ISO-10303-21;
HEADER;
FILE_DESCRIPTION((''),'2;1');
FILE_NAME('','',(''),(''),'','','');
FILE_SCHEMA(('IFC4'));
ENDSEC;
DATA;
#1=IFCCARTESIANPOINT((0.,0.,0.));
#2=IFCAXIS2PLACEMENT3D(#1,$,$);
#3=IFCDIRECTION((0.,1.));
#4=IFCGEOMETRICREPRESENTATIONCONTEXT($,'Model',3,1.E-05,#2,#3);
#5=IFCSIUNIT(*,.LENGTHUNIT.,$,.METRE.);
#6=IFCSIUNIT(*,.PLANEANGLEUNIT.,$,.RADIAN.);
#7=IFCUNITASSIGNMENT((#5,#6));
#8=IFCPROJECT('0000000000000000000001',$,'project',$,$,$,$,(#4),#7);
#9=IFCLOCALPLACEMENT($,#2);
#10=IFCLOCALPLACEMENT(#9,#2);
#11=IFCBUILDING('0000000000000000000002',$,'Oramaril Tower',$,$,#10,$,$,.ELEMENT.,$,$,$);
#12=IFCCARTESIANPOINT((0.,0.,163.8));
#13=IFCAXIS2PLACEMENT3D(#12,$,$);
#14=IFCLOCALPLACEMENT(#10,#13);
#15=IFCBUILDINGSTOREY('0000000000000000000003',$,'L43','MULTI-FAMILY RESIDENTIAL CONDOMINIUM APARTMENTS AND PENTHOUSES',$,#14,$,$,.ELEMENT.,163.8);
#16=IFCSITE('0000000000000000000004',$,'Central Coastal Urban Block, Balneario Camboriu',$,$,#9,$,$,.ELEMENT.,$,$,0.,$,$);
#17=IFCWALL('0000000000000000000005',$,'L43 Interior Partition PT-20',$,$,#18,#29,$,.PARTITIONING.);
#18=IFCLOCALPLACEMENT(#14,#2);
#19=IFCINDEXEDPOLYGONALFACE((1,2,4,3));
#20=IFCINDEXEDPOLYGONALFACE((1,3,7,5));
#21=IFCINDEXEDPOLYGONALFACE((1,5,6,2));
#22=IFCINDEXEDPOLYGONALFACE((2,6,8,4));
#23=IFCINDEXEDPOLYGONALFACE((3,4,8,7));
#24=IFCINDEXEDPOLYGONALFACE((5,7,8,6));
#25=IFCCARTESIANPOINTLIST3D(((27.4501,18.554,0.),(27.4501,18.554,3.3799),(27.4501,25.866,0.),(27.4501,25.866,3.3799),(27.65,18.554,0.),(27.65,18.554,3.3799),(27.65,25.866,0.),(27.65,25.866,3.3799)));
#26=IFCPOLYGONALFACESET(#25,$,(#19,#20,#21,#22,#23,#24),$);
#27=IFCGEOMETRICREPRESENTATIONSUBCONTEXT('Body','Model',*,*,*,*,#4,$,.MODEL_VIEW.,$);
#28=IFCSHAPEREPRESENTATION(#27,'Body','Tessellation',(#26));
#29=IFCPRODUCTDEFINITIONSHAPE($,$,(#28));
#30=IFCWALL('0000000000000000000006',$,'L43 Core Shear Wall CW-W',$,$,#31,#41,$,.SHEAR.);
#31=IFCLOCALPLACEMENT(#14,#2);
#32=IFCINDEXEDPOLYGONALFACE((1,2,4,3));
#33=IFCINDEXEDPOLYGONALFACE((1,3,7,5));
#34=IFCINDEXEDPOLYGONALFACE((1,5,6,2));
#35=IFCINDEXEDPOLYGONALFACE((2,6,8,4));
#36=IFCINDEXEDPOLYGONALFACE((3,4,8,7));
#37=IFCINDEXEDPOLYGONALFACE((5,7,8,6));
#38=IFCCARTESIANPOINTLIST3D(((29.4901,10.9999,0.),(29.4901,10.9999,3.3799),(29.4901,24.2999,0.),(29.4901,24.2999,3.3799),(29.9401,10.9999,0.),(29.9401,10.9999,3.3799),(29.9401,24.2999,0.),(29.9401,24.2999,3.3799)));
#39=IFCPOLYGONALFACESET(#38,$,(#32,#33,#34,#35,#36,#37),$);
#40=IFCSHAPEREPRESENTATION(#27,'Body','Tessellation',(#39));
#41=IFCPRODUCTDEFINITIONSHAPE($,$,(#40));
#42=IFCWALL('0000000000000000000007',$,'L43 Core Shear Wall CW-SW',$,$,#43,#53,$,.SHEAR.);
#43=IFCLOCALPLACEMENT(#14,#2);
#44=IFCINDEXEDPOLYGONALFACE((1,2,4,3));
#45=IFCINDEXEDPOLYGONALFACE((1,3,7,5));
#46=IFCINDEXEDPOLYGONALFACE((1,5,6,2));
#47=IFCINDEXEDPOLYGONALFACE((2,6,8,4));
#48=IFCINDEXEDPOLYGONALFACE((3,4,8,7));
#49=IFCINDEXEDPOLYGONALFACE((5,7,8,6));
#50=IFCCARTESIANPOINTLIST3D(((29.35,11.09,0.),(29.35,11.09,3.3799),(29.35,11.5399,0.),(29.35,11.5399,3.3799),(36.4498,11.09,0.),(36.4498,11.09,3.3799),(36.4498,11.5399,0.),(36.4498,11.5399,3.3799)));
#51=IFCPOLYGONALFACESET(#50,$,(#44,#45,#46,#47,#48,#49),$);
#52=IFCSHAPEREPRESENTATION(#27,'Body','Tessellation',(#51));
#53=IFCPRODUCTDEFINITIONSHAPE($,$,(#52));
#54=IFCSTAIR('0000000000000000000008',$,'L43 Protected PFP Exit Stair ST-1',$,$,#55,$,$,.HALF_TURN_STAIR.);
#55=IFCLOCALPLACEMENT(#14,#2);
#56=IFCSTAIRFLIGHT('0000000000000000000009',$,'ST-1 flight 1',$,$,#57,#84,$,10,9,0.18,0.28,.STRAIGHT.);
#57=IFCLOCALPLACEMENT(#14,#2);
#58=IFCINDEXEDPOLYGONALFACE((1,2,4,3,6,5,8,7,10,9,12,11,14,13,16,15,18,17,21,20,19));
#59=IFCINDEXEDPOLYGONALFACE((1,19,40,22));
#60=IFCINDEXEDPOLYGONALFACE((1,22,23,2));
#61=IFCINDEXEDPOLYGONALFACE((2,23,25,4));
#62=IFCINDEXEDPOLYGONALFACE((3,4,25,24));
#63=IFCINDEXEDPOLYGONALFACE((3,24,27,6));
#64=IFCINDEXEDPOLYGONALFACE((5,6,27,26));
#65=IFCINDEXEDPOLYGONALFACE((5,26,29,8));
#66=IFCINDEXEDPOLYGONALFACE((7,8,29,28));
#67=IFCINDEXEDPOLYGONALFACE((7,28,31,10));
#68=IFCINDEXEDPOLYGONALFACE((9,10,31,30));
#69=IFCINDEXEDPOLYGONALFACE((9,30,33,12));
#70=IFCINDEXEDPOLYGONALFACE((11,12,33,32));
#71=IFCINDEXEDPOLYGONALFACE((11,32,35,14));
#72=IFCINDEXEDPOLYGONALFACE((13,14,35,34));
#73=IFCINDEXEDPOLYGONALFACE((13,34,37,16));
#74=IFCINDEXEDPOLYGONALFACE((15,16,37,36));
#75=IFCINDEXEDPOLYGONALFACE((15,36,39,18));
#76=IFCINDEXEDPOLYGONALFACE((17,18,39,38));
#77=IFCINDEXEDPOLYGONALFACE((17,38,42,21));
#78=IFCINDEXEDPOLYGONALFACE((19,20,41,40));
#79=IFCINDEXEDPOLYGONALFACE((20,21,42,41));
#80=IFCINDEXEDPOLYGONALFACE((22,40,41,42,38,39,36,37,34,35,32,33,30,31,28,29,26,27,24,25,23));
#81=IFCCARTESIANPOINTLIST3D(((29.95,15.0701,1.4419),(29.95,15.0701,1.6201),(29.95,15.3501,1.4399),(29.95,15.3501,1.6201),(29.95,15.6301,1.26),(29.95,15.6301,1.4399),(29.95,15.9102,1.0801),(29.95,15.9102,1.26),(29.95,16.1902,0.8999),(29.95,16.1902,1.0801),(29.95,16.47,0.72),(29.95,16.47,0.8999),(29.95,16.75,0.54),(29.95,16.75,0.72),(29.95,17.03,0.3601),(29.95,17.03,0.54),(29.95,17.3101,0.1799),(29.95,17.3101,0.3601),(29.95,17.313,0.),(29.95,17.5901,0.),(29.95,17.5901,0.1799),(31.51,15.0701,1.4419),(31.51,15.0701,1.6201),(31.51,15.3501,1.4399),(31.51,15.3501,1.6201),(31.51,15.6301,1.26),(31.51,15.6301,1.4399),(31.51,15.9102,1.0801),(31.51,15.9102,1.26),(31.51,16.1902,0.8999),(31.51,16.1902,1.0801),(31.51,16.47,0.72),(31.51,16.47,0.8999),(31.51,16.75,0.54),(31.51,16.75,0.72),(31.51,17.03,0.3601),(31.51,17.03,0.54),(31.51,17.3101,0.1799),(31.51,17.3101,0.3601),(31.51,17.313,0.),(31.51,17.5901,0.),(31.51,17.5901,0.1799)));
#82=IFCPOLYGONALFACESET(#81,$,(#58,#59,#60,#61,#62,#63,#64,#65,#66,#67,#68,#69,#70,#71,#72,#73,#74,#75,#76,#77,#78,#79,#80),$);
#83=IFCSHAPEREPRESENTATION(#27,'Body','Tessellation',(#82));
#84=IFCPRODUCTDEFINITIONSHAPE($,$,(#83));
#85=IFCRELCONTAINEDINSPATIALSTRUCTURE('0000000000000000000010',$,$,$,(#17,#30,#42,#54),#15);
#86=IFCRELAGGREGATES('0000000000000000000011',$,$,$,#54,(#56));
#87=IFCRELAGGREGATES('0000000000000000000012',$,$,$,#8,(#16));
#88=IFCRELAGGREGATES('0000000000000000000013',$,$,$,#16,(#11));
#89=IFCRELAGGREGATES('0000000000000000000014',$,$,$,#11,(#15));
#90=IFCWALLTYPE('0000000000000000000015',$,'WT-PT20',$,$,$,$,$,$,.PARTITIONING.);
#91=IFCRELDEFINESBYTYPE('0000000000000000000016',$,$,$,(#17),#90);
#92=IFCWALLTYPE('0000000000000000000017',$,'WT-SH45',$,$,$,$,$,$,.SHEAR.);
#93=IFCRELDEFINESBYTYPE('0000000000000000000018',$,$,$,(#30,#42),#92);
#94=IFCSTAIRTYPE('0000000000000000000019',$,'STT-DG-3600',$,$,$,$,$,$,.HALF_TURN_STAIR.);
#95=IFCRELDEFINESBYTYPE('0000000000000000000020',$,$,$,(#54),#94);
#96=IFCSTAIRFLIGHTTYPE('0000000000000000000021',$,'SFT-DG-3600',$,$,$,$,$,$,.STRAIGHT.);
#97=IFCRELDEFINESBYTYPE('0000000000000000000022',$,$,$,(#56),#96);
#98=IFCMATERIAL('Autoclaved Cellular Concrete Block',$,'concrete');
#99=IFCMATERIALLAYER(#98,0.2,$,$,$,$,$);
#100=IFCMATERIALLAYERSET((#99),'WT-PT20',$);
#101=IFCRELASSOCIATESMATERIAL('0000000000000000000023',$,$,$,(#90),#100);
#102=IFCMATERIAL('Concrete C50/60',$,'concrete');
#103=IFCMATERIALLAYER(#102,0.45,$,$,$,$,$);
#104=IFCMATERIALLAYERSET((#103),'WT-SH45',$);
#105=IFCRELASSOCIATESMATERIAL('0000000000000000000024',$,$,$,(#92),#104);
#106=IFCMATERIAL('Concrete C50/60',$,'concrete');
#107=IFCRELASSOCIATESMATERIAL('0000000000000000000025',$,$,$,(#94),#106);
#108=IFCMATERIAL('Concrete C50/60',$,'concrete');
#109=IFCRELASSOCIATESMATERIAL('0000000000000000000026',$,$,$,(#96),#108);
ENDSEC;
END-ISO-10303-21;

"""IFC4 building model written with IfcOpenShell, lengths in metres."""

from ifc_helpers import new_model, si_unit, direction, frame, frame_2d, origin, place, context, subcontext, project, spatial, polyline, rectangle, outline, extrude, material, layer, layer_set, type_object, element, aggregate, save


model = new_model("IFC4")

# Units and contexts
model_context = context("Model", 3, precision=1e-05, world=origin(), true_north=direction((0.0, 1.0)))
body_context = subcontext(model_context, "Body", "Model", "MODEL_VIEW")
ifc_project = project(units=[si_unit("LENGTHUNIT", "METRE"), si_unit("PLANEANGLEUNIT", "RADIAN")], contexts=[model_context])

# Site, building, storey
site_placement = place(None, origin())
site = spatial("IfcSite", under=ifc_project, at=site_placement, Name="Central Coastal Urban Block, Balneario Camboriu", CompositionType="ELEMENT", RefElevation=0.0)
building_placement = place(site_placement, origin())
building = spatial("IfcBuilding", under=site, at=building_placement, Name="Oramaril Tower", CompositionType="ELEMENT")
storey_placement = place(building_placement, frame((0.0, 0.0, 163.8)))
storey = spatial("IfcBuildingStorey", under=building, at=storey_placement, Name="L43", Description="MULTI-FAMILY RESIDENTIAL CONDOMINIUM APARTMENTS AND PENTHOUSES", CompositionType="ELEMENT", Elevation=163.8)

# Wall
ifc_material_1 = material(Name="Autoclaved Cellular Concrete Block", Category="concrete")
ifc_layer_1 = layer(ifc_material_1, 0.2)
ifc_layer_set_1 = layer_set([ifc_layer_1], Name="WT-PT20")
wall_type_1 = type_object("IfcWallType", Name="WT-PT20", PredefinedType="PARTITIONING", material=ifc_layer_set_1)
wall_1_placement = place(storey_placement, frame((27.55, 18.554, 0.0), z_axis=(0.0, 0.0, 1.0), x_axis=(0.0, 1.0, 0.0)))
element("IfcWall", 1, at=wall_1_placement, inside=storey, type_object=wall_type_1, Name="L43 Interior Partition PT-20", PredefinedType="PARTITIONING", context=body_context, shape_type="SweptSolid", body=[
    extrude(rectangle(XDim=7.312, YDim=0.2, at=frame_2d((3.656, 0.0))), origin(), (0.0, 0.0, 1.0), 3.3799),
])

# Walls
ifc_material_2 = material(Name="Concrete C50/60", Category="concrete")
ifc_layer_2 = layer(ifc_material_2, 0.45)
ifc_layer_set_2 = layer_set([ifc_layer_2], Name="WT-SH45")
wall_type_2 = type_object("IfcWallType", Name="WT-SH45", PredefinedType="SHEAR", material=ifc_layer_set_2)
wall_2_placement = place(storey_placement, frame((29.7151, 11.0, 0.0), z_axis=(0.0, 0.0, 1.0), x_axis=(0.0, 1.0, 0.0)))
element("IfcWall", 2, at=wall_2_placement, inside=storey, type_object=wall_type_2, Name="L43 Core Shear Wall CW-W", PredefinedType="SHEAR", context=body_context, shape_type="SweptSolid", body=[
    extrude(rectangle(XDim=13.3, YDim=0.45, at=frame_2d((6.6499, 0.0))), origin(), (0.0, 0.0, 1.0), 3.3799),
])
wall_3_placement = place(storey_placement, frame((29.3501, 11.3149, 0.0), z_axis=(0.0, 0.0, 1.0), x_axis=(1.0, 0.0, 0.0)))
element("IfcWall", 3, at=wall_3_placement, inside=storey, type_object=wall_type_2, Name="L43 Core Shear Wall CW-SW", PredefinedType="SHEAR", context=body_context, shape_type="SweptSolid", body=[
    extrude(rectangle(XDim=7.0999, YDim=0.45, at=frame_2d((3.5498, 0.0))), origin(), (0.0, 0.0, 1.0), 3.3799),
])

# Stair, stair flight
ifc_material_3 = material(Name="Concrete C50/60", Category="concrete")
stair_type = type_object("IfcStairType", Name="STT-DG-3600", PredefinedType="HALF_TURN_STAIR", material=ifc_material_3)
stair_placement = place(storey_placement, origin())
stair = element("IfcStair", 4, at=stair_placement, inside=storey, type_object=stair_type, Name="L43 Protected PFP Exit Stair ST-1", PredefinedType="HALF_TURN_STAIR")
ifc_material_4 = material(Name="Concrete C50/60", Category="concrete")
stair_flight_type = type_object("IfcStairFlightType", Name="SFT-DG-3600", PredefinedType="STRAIGHT", material=ifc_material_4)
stair_flight_placement = place(storey_placement, frame((30.73, 17.5901, 0.0), z_axis=(0.0, 0.0, 1.0), x_axis=(0.0, -1.0, 0.0)))
stair_flight = element("IfcStairFlight", 5, at=stair_flight_placement, type_object=stair_flight_type, Name="ST-1 flight 1", NumberOfRisers=10, NumberOfTreads=9, PredefinedType="STRAIGHT", RiserHeight=0.18, TreadLength=0.28, context=body_context, shape_type="SweptSolid", body=[
    extrude(outline(polyline([(0.0, 0.0), (0.0, 0.1799), (0.28, 0.1799), (0.28, 0.3601), (0.5601, 0.3601), (0.5601, 0.54), (0.8401, 0.54), (0.8401, 0.72), (1.1201, 0.72), (1.1201, 0.8999), (1.3999, 0.8999), (1.3999, 1.0801), (1.6799, 1.0801), (1.6799, 1.26), (1.96, 1.26), (1.96, 1.4399), (2.24, 1.4399), (2.24, 1.6201), (2.52, 1.6201), (2.52, 1.8), (2.52, 1.4419), (0.2771, 0.0), (0.0, 0.0)])), frame((0.0, 0.78, 0.0), z_axis=(0.0, -1.0, 0.0), x_axis=(1.0, 0.0, 0.0)), (0.0, 0.0, 1.0), 1.5601),
])
aggregate(stair, [stair_flight])

save(model, "model.ifc")
